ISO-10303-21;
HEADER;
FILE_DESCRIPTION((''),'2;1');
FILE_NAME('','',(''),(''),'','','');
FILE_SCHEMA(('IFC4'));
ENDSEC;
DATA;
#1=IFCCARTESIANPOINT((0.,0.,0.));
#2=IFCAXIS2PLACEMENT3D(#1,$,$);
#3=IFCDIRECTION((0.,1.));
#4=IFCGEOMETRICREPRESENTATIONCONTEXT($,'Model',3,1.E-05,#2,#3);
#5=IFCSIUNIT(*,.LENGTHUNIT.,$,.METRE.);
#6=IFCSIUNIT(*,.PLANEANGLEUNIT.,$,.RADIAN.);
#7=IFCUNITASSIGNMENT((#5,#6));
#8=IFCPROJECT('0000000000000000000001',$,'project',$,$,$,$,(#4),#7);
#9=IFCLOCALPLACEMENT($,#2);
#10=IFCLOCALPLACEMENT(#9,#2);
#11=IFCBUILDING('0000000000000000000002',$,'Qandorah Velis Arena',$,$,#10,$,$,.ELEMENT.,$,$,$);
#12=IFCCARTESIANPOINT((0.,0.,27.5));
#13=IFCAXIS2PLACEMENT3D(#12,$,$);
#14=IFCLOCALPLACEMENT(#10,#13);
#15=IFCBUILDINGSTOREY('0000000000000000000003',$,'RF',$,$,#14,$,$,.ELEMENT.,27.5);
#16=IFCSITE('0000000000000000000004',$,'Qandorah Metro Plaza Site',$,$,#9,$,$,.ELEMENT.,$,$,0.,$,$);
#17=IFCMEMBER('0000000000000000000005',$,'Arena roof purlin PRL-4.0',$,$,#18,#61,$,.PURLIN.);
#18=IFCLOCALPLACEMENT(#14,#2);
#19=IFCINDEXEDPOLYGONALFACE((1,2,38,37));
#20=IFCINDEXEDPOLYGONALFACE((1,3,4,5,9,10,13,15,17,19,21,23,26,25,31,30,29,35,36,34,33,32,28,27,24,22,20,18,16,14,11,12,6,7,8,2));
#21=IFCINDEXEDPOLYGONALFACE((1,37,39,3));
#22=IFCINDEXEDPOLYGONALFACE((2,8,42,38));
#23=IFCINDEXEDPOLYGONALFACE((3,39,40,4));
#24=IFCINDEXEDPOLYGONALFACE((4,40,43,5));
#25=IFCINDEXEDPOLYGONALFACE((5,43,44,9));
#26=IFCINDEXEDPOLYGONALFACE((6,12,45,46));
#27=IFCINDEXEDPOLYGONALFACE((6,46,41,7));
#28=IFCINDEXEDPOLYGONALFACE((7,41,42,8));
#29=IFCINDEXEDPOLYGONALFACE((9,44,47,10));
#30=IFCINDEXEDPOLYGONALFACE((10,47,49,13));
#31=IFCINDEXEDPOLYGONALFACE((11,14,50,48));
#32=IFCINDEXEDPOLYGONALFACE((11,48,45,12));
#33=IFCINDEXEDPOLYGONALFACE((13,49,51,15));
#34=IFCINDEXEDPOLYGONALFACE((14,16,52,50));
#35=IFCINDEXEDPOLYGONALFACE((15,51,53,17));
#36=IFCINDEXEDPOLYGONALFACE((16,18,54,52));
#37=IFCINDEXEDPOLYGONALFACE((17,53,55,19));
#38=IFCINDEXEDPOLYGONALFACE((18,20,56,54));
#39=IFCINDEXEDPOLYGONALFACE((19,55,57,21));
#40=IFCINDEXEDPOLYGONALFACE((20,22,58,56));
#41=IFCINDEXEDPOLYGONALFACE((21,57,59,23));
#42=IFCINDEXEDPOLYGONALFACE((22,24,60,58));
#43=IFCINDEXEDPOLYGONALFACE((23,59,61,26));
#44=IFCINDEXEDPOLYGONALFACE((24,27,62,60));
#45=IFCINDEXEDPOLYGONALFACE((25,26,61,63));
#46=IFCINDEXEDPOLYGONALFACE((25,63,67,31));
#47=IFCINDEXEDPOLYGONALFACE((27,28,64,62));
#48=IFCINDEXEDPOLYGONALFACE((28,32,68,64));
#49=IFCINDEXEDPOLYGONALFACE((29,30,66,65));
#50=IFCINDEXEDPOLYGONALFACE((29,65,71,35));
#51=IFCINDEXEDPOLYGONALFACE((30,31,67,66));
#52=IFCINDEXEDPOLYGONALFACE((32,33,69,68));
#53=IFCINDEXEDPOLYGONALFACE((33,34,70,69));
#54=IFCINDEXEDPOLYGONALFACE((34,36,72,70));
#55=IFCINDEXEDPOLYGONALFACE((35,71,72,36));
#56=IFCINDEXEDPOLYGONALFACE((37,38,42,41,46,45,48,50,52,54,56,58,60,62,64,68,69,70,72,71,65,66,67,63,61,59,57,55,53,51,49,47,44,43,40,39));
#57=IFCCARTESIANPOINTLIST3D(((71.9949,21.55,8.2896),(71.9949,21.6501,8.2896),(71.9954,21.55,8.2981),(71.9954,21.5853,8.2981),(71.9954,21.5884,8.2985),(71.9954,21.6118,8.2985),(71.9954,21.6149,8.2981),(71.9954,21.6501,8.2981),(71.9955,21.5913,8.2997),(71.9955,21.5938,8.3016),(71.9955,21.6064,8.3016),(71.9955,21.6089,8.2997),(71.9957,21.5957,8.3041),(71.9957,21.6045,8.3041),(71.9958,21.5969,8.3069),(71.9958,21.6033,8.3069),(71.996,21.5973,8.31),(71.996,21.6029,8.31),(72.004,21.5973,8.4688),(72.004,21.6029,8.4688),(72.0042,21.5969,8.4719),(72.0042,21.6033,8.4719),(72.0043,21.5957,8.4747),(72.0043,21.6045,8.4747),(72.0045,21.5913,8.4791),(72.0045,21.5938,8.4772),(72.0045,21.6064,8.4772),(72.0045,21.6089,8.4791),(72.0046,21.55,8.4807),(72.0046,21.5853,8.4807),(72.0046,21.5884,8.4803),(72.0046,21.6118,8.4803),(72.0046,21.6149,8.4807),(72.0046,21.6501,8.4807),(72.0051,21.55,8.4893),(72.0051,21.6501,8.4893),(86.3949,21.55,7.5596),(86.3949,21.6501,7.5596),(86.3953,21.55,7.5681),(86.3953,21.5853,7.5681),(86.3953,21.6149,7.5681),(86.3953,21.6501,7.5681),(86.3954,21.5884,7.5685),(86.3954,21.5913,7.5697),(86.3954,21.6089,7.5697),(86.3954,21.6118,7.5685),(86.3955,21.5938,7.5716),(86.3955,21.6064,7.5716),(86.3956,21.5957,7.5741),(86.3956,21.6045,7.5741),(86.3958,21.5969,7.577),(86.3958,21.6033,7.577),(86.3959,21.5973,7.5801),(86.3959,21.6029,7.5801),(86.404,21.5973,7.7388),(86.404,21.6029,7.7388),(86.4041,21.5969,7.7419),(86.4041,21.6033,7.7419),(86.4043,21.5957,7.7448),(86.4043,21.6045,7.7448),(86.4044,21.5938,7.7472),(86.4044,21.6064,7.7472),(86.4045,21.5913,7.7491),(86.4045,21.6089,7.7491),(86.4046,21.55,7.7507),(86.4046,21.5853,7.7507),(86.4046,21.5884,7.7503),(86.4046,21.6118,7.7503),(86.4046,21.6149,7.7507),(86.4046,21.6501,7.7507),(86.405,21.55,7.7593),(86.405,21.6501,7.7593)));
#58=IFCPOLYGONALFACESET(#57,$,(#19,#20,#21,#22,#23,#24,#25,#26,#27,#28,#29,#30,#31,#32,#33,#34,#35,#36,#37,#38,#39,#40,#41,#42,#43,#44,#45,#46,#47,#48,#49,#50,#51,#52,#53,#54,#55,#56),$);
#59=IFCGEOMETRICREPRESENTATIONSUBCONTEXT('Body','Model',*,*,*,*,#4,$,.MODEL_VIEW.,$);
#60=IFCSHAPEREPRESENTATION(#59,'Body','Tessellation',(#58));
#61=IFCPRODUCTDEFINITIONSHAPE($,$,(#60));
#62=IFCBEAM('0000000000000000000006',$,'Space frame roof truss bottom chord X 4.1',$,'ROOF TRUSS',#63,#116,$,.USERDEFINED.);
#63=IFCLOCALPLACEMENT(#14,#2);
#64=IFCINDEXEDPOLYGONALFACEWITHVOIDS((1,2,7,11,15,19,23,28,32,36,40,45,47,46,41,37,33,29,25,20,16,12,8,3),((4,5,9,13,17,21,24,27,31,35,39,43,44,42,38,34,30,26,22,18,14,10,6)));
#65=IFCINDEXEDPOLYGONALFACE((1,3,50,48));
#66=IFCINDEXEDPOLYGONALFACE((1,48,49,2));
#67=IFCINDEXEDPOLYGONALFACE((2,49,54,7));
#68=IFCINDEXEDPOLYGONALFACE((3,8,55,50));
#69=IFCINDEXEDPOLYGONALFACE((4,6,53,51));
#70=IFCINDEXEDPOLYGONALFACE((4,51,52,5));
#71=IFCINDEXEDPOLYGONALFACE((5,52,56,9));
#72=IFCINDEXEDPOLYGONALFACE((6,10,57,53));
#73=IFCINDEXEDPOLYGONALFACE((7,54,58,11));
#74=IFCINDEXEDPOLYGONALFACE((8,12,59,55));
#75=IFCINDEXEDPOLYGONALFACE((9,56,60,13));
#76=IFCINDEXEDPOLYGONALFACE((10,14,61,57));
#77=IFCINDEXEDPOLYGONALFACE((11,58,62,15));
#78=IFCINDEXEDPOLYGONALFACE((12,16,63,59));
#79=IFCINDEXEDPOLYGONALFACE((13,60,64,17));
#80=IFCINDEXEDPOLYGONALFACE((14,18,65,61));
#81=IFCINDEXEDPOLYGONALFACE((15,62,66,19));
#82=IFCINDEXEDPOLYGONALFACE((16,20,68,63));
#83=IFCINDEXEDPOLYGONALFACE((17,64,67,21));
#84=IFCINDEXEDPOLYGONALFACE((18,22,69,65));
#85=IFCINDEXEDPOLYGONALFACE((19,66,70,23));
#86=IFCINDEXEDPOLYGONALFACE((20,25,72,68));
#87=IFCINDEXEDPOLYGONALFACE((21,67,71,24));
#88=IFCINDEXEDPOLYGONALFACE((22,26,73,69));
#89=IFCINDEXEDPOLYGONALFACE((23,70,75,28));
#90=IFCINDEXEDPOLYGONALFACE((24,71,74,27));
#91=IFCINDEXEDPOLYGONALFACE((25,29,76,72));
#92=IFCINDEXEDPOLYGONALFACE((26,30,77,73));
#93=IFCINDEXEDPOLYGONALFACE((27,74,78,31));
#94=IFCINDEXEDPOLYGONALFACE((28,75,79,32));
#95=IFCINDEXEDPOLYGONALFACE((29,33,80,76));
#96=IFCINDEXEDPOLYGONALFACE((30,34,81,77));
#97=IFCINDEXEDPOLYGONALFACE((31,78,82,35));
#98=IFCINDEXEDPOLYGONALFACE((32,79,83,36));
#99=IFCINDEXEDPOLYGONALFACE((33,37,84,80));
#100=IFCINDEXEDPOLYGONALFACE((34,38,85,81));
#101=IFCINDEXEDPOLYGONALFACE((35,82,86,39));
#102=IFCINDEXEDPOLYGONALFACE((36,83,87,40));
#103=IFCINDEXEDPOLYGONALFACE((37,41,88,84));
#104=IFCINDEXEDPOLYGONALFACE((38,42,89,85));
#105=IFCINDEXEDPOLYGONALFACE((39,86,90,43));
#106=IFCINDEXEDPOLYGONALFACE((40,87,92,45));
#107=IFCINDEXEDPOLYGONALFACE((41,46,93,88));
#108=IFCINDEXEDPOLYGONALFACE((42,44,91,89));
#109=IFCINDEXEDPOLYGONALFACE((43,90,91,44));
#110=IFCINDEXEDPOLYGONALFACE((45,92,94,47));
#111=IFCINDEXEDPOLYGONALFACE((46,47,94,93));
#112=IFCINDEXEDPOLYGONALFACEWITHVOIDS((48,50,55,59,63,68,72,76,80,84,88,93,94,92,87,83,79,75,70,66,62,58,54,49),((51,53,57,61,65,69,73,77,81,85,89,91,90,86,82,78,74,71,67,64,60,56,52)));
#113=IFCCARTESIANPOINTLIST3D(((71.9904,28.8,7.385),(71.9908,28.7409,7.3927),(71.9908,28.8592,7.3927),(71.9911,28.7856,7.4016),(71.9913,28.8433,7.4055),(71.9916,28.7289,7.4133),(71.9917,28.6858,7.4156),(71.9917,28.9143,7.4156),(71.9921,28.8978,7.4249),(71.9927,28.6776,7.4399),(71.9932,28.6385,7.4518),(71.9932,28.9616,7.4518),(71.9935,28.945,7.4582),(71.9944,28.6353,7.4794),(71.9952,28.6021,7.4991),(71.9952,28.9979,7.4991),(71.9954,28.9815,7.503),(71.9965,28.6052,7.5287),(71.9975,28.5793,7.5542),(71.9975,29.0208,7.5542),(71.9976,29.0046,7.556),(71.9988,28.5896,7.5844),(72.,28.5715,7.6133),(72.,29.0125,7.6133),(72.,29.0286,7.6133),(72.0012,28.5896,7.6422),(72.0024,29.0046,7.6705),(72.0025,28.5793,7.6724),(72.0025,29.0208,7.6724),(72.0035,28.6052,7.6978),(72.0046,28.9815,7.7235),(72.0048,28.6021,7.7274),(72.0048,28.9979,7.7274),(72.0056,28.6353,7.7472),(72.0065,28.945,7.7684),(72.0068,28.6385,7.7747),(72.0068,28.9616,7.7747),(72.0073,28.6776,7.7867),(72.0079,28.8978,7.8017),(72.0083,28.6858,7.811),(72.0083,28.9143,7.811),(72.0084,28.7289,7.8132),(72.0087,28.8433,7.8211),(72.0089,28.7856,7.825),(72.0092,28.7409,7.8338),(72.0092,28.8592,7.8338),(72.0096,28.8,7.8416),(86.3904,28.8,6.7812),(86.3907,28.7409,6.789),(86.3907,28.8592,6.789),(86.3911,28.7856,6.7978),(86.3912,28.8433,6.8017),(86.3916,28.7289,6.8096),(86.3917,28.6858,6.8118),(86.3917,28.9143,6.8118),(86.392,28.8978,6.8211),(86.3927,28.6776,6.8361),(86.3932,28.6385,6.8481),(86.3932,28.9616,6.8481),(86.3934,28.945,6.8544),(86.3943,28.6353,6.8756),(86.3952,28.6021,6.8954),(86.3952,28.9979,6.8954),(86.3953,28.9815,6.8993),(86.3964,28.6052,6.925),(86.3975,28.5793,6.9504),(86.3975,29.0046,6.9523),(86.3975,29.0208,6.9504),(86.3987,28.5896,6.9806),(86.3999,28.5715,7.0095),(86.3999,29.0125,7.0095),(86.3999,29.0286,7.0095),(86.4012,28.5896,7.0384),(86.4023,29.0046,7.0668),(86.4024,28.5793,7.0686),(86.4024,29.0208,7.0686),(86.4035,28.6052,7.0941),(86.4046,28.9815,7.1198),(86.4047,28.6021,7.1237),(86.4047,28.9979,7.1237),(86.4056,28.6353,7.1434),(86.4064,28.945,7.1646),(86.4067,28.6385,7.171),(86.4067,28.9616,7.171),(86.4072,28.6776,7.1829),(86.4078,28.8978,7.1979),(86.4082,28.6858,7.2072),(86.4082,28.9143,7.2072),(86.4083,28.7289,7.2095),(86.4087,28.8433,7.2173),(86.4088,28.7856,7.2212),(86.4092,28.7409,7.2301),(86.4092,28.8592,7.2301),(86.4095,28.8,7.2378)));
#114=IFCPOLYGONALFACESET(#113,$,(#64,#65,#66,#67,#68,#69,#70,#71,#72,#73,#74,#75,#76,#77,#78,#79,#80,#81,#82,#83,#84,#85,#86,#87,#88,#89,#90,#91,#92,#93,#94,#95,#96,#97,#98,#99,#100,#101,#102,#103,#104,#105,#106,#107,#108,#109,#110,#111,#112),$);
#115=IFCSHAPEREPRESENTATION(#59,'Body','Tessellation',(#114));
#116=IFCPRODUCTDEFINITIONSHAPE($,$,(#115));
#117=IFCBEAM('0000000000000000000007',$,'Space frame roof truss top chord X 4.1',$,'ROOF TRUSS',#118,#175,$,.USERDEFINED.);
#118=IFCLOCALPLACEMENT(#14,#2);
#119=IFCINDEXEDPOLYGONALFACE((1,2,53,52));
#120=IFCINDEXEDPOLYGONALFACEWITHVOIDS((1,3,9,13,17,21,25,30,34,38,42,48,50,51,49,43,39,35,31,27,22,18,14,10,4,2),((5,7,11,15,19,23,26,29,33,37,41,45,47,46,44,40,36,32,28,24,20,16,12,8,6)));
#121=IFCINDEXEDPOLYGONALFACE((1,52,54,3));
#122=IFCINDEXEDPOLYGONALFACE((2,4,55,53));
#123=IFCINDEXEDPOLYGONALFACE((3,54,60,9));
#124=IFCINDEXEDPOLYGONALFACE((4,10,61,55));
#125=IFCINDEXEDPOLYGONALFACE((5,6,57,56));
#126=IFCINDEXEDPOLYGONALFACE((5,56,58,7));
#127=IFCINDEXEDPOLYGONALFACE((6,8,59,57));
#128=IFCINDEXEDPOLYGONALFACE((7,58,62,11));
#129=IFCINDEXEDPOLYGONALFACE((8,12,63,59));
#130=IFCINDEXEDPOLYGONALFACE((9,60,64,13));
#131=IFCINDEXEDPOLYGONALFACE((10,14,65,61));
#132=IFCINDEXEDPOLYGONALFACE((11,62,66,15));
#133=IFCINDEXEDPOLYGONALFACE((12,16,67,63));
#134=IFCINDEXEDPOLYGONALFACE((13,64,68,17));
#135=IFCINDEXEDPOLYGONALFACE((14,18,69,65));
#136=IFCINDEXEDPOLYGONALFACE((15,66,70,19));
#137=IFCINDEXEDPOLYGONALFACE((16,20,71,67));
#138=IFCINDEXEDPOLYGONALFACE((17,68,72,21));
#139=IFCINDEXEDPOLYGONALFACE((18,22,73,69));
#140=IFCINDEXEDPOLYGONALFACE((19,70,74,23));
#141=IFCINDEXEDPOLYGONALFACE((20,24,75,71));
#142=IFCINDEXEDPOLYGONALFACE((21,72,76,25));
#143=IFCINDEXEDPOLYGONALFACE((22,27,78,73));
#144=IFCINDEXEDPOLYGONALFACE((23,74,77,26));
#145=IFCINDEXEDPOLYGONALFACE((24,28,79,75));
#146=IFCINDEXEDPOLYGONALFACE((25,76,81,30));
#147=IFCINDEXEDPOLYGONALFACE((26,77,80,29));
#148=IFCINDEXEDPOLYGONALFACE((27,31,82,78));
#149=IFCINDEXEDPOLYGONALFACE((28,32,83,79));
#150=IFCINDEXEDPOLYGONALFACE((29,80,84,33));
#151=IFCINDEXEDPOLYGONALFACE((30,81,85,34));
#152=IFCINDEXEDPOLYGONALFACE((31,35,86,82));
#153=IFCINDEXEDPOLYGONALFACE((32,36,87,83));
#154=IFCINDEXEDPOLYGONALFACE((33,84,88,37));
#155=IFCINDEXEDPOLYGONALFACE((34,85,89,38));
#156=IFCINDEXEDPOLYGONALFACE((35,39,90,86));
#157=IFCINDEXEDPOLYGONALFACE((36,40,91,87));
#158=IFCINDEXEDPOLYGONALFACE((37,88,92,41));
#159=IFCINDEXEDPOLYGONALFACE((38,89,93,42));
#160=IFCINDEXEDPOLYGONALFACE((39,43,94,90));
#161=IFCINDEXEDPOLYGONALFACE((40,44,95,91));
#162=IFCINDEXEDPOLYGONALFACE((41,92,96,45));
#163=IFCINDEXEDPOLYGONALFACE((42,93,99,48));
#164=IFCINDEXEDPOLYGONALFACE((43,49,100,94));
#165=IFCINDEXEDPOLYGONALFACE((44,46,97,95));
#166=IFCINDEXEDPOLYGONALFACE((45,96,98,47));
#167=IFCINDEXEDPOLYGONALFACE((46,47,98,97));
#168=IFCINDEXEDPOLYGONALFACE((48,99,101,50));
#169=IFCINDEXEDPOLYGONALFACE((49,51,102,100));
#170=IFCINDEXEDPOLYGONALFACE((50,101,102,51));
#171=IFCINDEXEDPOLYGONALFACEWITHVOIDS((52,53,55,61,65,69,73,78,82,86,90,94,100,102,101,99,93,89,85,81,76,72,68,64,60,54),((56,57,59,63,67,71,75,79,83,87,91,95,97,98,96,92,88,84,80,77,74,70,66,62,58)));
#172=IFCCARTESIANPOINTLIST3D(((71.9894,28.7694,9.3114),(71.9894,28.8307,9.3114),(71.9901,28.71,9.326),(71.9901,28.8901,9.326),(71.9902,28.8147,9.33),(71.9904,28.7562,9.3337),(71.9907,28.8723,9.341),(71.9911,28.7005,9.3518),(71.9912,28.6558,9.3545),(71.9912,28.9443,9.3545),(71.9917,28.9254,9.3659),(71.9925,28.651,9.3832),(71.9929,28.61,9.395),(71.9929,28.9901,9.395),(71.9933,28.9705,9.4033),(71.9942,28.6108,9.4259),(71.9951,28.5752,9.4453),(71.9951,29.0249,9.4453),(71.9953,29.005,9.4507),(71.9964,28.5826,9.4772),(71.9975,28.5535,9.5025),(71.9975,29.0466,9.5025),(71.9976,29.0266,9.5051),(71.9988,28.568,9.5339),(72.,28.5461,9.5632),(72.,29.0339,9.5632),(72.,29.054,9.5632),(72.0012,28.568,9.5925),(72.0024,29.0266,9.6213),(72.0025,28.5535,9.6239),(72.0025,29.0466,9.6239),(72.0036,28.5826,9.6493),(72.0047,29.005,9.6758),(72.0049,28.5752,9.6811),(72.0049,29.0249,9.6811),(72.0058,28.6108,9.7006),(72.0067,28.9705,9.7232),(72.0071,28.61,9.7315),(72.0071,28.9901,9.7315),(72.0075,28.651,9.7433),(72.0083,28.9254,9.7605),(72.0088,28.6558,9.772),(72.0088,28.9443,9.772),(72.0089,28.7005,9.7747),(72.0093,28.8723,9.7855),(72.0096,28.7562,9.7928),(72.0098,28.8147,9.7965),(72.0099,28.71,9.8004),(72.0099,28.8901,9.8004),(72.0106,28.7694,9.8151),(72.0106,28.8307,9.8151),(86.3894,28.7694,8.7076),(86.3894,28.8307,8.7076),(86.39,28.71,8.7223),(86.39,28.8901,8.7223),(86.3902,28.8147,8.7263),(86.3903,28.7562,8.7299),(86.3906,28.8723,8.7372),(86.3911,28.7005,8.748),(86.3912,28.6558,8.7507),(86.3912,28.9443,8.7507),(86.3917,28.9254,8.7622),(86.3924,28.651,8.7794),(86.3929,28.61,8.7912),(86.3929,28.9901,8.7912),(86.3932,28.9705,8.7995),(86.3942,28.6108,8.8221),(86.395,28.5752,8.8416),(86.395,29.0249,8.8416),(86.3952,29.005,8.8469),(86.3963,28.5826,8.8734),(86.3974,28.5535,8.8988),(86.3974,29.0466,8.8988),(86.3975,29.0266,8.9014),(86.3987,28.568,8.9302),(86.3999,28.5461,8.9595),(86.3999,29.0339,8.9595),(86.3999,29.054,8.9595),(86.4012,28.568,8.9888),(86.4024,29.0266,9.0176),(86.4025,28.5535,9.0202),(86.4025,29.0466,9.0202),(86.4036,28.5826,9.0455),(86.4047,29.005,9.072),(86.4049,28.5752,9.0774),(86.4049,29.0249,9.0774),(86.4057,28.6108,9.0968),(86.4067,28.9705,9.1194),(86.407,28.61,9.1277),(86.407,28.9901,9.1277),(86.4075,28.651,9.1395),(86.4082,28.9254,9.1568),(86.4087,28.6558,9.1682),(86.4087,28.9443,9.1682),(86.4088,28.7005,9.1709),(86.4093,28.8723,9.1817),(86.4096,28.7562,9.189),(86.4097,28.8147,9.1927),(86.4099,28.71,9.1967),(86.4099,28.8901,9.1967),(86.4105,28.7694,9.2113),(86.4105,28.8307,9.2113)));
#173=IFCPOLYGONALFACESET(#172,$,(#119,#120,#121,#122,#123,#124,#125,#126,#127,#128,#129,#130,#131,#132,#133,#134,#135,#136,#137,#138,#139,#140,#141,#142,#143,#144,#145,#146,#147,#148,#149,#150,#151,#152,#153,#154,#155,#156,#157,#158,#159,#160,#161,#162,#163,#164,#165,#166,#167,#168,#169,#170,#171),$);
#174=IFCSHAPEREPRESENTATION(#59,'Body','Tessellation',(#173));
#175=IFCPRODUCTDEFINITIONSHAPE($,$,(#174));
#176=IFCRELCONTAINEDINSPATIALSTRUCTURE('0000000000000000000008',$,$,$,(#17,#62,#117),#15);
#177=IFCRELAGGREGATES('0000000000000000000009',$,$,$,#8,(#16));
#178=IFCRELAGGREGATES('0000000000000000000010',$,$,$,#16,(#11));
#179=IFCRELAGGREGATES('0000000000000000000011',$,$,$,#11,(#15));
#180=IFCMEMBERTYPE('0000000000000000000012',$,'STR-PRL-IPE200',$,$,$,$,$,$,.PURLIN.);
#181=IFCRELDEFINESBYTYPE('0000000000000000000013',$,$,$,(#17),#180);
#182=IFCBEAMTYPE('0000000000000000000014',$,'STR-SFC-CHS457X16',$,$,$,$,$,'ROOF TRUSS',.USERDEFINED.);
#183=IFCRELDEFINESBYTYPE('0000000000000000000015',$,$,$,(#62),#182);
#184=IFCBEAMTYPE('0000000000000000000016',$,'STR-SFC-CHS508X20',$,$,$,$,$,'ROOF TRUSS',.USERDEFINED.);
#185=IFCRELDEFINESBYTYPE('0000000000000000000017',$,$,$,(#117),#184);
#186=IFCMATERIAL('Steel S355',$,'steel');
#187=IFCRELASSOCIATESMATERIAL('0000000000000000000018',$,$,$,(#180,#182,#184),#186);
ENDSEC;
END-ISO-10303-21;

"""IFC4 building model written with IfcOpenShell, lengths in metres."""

from ifc_helpers import new_model, si_unit, direction, frame, origin, origin_2d, place, context, subcontext, project, spatial, hollow_circle, i_section, extrude, material, material_profile, profile_set, type_object, element, save


model = new_model("IFC4")

# Units and contexts
model_context = context("Model", 3, precision=1e-05, world=origin(), true_north=direction((0.0, 1.0)))
body_context = subcontext(model_context, "Body", "Model", "MODEL_VIEW")
ifc_project = project(units=[si_unit("LENGTHUNIT", "METRE"), si_unit("PLANEANGLEUNIT", "RADIAN")], contexts=[model_context])

# Site, building, storey
site_placement = place(None, origin())
site = spatial("IfcSite", under=ifc_project, at=site_placement, Name="Qandorah Metro Plaza Site", CompositionType="ELEMENT", RefElevation=0.0)
building_placement = place(site_placement, origin())
building = spatial("IfcBuilding", under=site, at=building_placement, Name="Qandorah Velis Arena", CompositionType="ELEMENT")
storey_placement = place(building_placement, frame((0.0, 0.0, 27.5)))
storey = spatial("IfcBuildingStorey", under=building, at=storey_placement, Name="RF", CompositionType="ELEMENT", Elevation=27.5)

# Member
ifc_material_1 = material(Name="Steel S355", Category="steel")
ifc_material_profile_1 = material_profile(ifc_material_1, i_section(OverallWidth=0.1001, OverallDepth=0.2, WebThickness=0.0056, FlangeThickness=0.0085, FilletRadius=0.012, at=origin_2d()), Name="IPE 200")
ifc_profile_set_1 = profile_set([ifc_material_profile_1], Name="Steel S355")
member_type_1 = type_object("IfcMemberType", Name="STR-PRL-IPE200", PredefinedType="PURLIN", material=ifc_profile_set_1)
member_1_placement = place(storey_placement, frame((72.0, 21.6001, 8.3894), z_axis=(0.998718, 0.0, -0.050628), x_axis=(0.0, 1.0, 0.0)))
element("IfcMember", 1, at=member_1_placement, inside=storey, type_object=member_type_1, Name="Arena roof purlin PRL-4.0", PredefinedType="PURLIN", context=body_context, shape_type="SweptSolid", body=[
    extrude(i_section(OverallWidth=0.1001, OverallDepth=0.2, WebThickness=0.0056, FlangeThickness=0.0085, FilletRadius=0.012, at=origin_2d()), origin(), (0.0, 0.0, 1.0), 14.4185),
])

# Beams
ifc_material_profile_2 = material_profile(ifc_material_1, hollow_circle(Radius=0.2285, WallThickness=0.0161, at=origin_2d()), Name="CHS 457x16")
ifc_profile_set_2 = profile_set([ifc_material_profile_2], Name="Steel S355")
beam_type_1 = type_object("IfcBeamType", Name="STR-SFC-CHS457X16", ElementType="ROOF TRUSS", PredefinedType="USERDEFINED", material=ifc_profile_set_2)
beam_1_placement = place(storey_placement, frame((72.0, 28.8, 7.6133), z_axis=(0.999122, 0.0, -0.041891), x_axis=(0.0, 1.0, 0.0)))
element("IfcBeam", 2, at=beam_1_placement, inside=storey, type_object=beam_type_1, Name="Space frame roof truss bottom chord X 4.1", ObjectType="ROOF TRUSS", PredefinedType="USERDEFINED", context=body_context, shape_type="SweptSolid", body=[
    extrude(hollow_circle(Radius=0.2285, WallThickness=0.0161, at=origin_2d()), origin(), (0.0, 0.0, 1.0), 14.4126),
])
ifc_material_profile_3 = material_profile(ifc_material_1, hollow_circle(Radius=0.2539, WallThickness=0.02, at=origin_2d()), Name="CHS 508x20")
ifc_profile_set_3 = profile_set([ifc_material_profile_3], Name="Steel S355")
beam_type_2 = type_object("IfcBeamType", Name="STR-SFC-CHS508X20", ElementType="ROOF TRUSS", PredefinedType="USERDEFINED", material=ifc_profile_set_3)
beam_2_placement = place(storey_placement, frame((72.0, 28.8, 9.5632), z_axis=(0.999122, 0.0, -0.041891), x_axis=(0.0, 1.0, 0.0)))
element("IfcBeam", 3, at=beam_2_placement, inside=storey, type_object=beam_type_2, Name="Space frame roof truss top chord X 4.1", ObjectType="ROOF TRUSS", PredefinedType="USERDEFINED", context=body_context, shape_type="SweptSolid", body=[
    extrude(hollow_circle(Radius=0.2539, WallThickness=0.02, at=origin_2d()), origin(), (0.0, 0.0, 1.0), 14.4126),
])

save(model, "model.ifc")
